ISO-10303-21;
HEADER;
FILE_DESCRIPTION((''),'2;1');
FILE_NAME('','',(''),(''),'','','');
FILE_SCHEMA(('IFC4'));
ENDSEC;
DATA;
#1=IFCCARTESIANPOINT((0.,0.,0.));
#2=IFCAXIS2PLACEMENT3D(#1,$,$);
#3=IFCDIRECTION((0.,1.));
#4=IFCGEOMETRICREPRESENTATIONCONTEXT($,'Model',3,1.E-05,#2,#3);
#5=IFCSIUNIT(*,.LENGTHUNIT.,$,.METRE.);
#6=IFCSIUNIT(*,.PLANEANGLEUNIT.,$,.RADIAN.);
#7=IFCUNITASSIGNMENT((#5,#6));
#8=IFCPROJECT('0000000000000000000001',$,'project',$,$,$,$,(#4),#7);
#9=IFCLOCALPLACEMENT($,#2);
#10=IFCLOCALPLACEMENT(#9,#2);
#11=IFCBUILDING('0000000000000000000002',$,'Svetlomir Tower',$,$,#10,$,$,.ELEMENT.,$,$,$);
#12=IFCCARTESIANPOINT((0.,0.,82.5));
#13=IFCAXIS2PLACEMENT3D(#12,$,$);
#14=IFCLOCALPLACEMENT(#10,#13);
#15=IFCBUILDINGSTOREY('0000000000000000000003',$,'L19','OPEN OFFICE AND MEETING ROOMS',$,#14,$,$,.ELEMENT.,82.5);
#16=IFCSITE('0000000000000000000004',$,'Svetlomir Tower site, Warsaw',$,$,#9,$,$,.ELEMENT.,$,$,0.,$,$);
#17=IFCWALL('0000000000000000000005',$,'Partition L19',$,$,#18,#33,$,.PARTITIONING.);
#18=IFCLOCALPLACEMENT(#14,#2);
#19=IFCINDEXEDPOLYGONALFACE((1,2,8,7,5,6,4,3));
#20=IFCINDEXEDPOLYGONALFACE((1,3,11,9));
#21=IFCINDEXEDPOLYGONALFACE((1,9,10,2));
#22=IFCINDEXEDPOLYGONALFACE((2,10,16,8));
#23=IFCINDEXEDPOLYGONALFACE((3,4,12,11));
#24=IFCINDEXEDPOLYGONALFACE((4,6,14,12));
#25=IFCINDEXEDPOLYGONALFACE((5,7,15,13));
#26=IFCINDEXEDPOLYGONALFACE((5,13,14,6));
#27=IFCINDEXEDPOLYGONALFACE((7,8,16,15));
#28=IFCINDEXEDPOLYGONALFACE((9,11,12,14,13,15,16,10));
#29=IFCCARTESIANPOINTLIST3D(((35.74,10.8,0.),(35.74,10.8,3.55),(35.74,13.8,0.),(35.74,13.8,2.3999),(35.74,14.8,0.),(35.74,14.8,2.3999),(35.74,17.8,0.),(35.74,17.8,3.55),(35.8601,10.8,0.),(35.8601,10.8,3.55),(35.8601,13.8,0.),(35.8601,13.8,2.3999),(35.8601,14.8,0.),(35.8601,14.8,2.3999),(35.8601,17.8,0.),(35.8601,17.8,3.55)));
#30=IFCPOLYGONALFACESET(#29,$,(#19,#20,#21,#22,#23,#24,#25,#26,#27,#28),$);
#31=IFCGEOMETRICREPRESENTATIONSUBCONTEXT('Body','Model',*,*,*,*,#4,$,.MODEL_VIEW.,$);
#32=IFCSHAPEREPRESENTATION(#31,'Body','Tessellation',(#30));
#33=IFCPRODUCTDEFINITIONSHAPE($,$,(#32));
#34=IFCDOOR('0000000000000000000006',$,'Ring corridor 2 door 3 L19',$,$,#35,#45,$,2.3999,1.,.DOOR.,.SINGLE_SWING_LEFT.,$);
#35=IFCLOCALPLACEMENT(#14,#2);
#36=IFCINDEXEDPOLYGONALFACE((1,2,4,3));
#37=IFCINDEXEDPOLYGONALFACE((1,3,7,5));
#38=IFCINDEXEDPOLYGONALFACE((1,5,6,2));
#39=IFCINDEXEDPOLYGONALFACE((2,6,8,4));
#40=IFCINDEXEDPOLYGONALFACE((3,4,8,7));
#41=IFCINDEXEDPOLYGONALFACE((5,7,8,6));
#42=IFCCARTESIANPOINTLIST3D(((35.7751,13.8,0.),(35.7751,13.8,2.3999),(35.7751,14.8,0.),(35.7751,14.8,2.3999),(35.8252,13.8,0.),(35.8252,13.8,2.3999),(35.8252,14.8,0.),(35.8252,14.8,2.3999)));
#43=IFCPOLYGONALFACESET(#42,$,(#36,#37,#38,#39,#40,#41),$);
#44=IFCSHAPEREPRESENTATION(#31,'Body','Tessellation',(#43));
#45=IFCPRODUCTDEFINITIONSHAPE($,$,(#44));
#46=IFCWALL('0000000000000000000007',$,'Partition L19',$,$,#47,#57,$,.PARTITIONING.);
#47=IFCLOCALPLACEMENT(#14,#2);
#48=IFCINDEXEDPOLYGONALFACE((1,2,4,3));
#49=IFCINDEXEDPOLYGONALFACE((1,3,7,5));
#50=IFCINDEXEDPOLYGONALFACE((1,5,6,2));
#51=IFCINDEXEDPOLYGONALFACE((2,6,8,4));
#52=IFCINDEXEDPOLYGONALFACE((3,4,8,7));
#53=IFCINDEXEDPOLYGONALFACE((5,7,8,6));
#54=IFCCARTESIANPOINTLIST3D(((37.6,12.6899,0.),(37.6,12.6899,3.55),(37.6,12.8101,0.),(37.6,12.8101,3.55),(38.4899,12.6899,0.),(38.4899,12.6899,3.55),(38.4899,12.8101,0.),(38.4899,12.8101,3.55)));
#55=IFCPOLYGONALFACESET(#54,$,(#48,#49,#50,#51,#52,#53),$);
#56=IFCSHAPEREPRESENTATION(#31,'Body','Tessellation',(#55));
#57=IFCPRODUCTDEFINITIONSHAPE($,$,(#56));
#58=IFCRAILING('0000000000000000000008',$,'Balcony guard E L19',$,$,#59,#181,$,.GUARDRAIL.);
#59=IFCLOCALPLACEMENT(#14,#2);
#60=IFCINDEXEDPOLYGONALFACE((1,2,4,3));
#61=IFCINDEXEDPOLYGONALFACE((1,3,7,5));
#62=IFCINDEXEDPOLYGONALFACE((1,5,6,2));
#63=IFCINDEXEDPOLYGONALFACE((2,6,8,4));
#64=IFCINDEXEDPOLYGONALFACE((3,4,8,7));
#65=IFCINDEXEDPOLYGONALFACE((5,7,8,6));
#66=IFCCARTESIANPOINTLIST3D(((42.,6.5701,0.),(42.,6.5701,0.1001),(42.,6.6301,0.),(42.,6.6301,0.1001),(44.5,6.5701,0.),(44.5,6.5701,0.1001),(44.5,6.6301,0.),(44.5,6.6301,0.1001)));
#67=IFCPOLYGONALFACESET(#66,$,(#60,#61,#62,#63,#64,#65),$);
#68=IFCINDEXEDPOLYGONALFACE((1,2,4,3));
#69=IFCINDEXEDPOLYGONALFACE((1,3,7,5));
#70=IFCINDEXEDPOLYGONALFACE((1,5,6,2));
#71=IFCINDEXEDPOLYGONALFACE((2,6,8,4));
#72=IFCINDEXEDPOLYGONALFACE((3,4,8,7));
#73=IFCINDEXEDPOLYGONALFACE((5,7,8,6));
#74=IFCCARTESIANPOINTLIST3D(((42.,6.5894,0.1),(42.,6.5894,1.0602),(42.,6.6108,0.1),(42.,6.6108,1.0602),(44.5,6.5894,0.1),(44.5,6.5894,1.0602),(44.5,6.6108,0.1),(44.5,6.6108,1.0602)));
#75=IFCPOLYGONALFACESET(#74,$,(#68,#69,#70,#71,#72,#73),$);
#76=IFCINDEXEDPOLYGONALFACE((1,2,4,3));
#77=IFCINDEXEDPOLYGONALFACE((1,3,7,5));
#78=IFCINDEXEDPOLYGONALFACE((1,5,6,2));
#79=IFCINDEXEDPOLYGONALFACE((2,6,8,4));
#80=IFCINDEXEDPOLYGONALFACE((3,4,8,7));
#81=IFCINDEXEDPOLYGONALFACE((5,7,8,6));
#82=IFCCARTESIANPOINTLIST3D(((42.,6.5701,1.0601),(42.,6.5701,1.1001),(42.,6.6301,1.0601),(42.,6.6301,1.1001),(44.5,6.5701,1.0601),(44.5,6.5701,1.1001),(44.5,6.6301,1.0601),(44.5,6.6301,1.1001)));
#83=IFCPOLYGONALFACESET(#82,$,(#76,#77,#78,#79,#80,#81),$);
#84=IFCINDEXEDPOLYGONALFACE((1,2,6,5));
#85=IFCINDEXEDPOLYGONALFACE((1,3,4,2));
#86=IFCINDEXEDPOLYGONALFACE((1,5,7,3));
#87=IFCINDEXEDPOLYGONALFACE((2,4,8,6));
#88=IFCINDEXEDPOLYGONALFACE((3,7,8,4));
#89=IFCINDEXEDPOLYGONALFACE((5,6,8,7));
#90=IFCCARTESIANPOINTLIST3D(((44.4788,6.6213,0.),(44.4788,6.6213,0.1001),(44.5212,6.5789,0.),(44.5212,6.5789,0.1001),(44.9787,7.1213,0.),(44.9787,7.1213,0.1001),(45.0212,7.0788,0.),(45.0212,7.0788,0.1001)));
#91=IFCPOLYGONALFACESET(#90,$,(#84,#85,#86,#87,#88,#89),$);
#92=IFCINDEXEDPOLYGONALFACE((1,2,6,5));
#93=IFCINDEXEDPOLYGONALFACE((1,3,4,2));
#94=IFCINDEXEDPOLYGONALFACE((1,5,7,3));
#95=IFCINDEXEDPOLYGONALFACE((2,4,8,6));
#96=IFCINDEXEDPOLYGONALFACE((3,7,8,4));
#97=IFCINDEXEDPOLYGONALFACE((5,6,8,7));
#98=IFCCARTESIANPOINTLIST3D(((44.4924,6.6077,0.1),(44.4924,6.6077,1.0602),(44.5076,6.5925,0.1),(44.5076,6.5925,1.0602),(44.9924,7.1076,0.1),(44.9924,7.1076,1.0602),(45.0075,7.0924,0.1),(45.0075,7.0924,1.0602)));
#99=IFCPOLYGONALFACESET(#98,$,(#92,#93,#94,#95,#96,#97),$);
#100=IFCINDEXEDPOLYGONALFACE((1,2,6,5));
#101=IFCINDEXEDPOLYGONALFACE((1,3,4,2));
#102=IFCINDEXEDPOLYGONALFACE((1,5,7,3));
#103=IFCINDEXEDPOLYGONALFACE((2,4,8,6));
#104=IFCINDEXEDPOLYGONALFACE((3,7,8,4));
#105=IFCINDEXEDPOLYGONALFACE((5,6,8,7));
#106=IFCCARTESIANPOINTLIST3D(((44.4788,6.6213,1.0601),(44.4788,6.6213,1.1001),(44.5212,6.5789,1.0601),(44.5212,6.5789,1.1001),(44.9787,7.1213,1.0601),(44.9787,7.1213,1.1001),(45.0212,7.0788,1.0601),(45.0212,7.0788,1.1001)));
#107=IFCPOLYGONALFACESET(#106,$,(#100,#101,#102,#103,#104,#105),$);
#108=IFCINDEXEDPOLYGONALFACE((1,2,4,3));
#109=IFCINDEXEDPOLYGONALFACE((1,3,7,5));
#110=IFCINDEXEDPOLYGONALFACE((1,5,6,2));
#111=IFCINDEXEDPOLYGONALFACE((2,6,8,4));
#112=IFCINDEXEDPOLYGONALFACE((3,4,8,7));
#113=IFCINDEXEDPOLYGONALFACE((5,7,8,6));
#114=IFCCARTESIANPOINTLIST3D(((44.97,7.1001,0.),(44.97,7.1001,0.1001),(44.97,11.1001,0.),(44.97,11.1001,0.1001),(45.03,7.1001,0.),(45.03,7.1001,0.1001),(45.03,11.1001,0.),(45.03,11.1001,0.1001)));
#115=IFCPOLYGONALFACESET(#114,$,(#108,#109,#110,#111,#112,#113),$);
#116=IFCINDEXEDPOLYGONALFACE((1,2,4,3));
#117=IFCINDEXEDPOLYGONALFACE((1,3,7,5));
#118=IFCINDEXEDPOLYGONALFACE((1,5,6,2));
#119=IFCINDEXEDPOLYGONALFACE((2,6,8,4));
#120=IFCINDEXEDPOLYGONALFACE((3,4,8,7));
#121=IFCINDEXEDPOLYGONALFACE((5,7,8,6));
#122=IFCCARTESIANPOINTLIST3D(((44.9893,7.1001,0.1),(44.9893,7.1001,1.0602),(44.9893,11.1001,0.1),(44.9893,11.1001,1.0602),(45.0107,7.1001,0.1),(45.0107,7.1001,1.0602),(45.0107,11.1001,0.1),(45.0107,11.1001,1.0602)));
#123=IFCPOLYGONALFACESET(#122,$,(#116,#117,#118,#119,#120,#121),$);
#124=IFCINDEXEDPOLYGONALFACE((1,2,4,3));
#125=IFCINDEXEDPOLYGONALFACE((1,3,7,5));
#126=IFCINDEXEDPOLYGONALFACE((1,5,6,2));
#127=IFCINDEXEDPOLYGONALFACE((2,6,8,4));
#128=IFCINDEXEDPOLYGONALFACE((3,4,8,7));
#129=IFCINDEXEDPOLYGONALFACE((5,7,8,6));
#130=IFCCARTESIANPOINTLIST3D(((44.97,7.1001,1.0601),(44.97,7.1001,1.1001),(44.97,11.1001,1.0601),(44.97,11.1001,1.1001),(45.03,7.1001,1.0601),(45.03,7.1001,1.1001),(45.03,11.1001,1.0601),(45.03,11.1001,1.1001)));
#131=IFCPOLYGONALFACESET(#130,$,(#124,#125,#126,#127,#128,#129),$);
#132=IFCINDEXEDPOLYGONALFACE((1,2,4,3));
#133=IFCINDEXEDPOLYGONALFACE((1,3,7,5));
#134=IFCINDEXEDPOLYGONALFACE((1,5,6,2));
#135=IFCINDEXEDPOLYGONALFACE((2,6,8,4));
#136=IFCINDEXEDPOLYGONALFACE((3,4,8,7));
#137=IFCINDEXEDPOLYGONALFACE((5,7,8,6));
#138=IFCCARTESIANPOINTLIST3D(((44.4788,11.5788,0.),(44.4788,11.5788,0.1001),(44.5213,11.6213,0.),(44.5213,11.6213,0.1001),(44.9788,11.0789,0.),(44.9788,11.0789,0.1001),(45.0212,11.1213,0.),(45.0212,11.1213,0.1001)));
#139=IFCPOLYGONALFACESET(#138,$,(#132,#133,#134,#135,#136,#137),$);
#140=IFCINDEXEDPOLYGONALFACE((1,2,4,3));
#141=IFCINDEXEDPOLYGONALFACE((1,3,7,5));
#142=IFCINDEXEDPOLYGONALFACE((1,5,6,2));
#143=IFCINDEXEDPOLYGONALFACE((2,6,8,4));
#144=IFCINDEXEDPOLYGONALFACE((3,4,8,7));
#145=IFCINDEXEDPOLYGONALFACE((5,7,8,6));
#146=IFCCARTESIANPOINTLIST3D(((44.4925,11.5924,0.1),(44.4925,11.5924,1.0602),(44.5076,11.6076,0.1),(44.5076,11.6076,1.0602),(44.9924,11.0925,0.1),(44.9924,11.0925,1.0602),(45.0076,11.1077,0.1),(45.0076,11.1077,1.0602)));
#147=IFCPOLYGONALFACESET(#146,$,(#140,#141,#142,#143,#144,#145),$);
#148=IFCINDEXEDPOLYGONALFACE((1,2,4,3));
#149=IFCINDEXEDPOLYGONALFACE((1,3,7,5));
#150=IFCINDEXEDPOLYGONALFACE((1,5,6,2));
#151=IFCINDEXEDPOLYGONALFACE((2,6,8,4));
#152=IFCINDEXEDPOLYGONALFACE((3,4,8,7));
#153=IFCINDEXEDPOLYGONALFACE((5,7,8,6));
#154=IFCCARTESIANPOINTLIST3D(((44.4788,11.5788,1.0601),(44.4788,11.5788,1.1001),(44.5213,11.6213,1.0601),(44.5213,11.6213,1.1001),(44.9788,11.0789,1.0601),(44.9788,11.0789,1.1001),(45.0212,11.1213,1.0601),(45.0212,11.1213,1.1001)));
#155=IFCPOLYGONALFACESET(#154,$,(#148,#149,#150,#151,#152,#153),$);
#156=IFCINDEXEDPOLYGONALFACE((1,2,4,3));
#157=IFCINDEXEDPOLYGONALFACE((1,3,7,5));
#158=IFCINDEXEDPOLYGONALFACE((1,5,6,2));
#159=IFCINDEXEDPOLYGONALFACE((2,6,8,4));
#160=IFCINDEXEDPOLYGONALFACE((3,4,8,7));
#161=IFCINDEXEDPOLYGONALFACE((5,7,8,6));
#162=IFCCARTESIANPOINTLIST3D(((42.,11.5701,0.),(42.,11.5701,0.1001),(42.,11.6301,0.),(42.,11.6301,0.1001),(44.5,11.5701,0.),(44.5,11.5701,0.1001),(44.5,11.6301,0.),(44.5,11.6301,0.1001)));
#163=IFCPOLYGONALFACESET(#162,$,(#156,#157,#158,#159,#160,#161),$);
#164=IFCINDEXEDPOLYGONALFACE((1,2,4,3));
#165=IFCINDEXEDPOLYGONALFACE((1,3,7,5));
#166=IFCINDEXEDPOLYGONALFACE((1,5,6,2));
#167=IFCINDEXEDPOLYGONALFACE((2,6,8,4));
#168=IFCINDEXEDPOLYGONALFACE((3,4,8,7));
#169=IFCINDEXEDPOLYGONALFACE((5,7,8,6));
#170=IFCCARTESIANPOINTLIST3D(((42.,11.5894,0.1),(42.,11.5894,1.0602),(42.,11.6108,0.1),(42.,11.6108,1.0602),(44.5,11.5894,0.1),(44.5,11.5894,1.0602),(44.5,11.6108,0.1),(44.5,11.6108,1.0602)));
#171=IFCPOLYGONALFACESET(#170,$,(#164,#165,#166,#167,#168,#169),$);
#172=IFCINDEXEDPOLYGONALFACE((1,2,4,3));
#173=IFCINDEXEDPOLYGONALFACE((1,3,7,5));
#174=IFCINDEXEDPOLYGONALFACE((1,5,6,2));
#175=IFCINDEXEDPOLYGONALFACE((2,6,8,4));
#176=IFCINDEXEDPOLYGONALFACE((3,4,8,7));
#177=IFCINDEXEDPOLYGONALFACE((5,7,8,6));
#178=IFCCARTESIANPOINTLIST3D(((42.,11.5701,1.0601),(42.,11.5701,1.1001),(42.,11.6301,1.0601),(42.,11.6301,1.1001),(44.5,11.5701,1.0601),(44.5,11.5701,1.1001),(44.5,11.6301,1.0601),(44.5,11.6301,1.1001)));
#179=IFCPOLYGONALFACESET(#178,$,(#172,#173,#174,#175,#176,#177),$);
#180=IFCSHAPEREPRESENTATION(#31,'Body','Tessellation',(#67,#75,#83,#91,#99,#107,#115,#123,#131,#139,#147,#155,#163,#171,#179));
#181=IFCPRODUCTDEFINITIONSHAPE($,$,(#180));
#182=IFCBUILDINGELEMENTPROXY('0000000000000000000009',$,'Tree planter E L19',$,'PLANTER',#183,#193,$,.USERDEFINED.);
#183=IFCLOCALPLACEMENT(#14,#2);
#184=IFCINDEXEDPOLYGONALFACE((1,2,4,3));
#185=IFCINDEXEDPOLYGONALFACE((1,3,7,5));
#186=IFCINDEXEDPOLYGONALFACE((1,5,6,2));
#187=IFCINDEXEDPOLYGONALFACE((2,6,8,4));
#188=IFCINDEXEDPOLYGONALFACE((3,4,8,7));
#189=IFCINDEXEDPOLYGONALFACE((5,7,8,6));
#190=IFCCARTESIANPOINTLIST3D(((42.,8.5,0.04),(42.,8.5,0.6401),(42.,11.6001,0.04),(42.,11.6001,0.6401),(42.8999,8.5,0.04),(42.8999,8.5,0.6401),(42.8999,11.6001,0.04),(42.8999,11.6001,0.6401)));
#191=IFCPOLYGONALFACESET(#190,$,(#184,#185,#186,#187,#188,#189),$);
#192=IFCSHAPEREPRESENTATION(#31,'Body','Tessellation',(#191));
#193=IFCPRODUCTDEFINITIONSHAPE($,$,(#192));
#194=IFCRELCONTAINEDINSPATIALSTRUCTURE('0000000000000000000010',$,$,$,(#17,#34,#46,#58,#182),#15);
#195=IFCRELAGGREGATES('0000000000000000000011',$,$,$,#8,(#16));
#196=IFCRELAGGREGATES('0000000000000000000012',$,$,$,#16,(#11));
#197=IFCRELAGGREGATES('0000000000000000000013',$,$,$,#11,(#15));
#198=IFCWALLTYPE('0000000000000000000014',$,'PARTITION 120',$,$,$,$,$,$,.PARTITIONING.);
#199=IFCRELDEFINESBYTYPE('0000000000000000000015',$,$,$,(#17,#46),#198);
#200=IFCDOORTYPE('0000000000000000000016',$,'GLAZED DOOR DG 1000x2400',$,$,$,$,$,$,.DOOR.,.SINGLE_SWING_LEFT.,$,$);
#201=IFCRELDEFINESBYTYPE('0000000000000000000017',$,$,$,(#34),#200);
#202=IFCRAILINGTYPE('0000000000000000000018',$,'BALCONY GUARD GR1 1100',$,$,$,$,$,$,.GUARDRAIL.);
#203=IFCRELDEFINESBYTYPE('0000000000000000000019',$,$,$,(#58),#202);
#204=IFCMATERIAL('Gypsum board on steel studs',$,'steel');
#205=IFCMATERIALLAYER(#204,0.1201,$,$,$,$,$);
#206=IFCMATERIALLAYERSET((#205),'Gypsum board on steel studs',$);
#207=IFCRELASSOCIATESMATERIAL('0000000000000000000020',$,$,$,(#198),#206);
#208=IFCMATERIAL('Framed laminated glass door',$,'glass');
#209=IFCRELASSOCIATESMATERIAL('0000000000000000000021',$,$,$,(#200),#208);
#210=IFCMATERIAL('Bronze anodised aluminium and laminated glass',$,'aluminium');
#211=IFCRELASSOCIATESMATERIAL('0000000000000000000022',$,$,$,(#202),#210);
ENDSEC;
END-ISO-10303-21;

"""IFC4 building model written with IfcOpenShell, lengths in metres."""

from ifc_helpers import new_model, si_unit, direction, frame, frame_2d, origin, origin_2d, place, context, subcontext, project, spatial, rectangle, extrude, material, layer, layer_set, type_object, element, fill, save


model = new_model("IFC4")

# Units and contexts
model_context = context("Model", 3, precision=1e-05, world=origin(), true_north=direction((0.0, 1.0)))
body_context = subcontext(model_context, "Body", "Model", "MODEL_VIEW")
ifc_project = project(units=[si_unit("LENGTHUNIT", "METRE"), si_unit("PLANEANGLEUNIT", "RADIAN")], contexts=[model_context])

# Site, building, storey
site_placement = place(None, origin())
site = spatial("IfcSite", under=ifc_project, at=site_placement, Name="Svetlomir Tower site, Warsaw", CompositionType="ELEMENT", RefElevation=0.0)
building_placement = place(site_placement, origin())
building = spatial("IfcBuilding", under=site, at=building_placement, Name="Svetlomir Tower", CompositionType="ELEMENT")
storey_placement = place(building_placement, frame((0.0, 0.0, 82.5)))
storey = spatial("IfcBuildingStorey", under=building, at=storey_placement, Name="L19", Description="OPEN OFFICE AND MEETING ROOMS", CompositionType="ELEMENT", Elevation=82.5)

# Shared definitions
ifc_material_1 = material(Name="Gypsum board on steel studs", Category="steel")
ifc_layer_1 = layer(ifc_material_1, 0.1201)
ifc_layer_set_1 = layer_set([ifc_layer_1], Name="Gypsum board on steel studs")
wall_type_1 = type_object("IfcWallType", Name="PARTITION 120", PredefinedType="PARTITIONING", material=ifc_layer_set_1)

# Wall, opening, door
wall_1_placement = place(storey_placement, frame((35.8, 10.8, 0.0), z_axis=(0.0, 0.0, 1.0), x_axis=(0.0, 1.0, 0.0)))
wall_1 = element("IfcWall", 1, at=wall_1_placement, inside=storey, type_object=wall_type_1, Name="Partition L19", PredefinedType="PARTITIONING", context=body_context, shape_type="SweptSolid", body=[
    extrude(rectangle(XDim=7.0, YDim=0.1201, at=frame_2d((3.5, 0.0))), origin(), (0.0, 0.0, 1.0), 3.55),
])
opening_1_placement = place(wall_1_placement, frame((3.0, 0.0, 0.0)))
opening_1 = element("IfcOpeningElement", 2, at=opening_1_placement, cuts=wall_1, PredefinedType="OPENING", context=body_context, shape_type="SweptSolid", body=[
    extrude(rectangle(XDim=1.0, YDim=2.3999, at=frame_2d((0.5, 1.2))), frame((0.0, 0.0701, 0.0), z_axis=(0.0, -1.0, 0.0), x_axis=(1.0, 0.0, 0.0)), (0.0, 0.0, 1.0), 0.1401),
])
ifc_material_2 = material(Name="Framed laminated glass door", Category="glass")
door_type_1 = type_object("IfcDoorType", Name="GLAZED DOOR DG 1000x2400", OperationType="SINGLE_SWING_LEFT", PredefinedType="DOOR", material=ifc_material_2)
door_1_placement = place(opening_1_placement, origin())
door_1 = element("IfcDoor", 3, at=door_1_placement, inside=storey, type_object=door_type_1, Name="Ring corridor 2 door 3 L19", OperationType="SINGLE_SWING_LEFT", OverallHeight=2.3999, OverallWidth=1.0, PredefinedType="DOOR", context=body_context, shape_type="SweptSolid", body=[
    extrude(rectangle(XDim=1.0, YDim=2.3999, at=frame_2d((0.5, 1.2))), frame((0.0, 0.0249, 0.0), z_axis=(0.0, -1.0, 0.0), x_axis=(1.0, 0.0, 0.0)), (0.0, 0.0, 1.0), 0.05),
])
fill(opening_1, door_1)

# Wall
wall_2_placement = place(storey_placement, frame((37.6001, 12.75, 0.0), z_axis=(0.0, 0.0, 1.0), x_axis=(1.0, 0.0, 0.0)))
element("IfcWall", 4, at=wall_2_placement, inside=storey, type_object=wall_type_1, Name="Partition L19", PredefinedType="PARTITIONING", context=body_context, shape_type="SweptSolid", body=[
    extrude(rectangle(XDim=0.8899, YDim=0.1201, at=frame_2d((0.4448, 0.0))), origin(), (0.0, 0.0, 1.0), 3.55),
])

# Railing
ifc_material_3 = material(Name="Bronze anodised aluminium and laminated glass", Category="aluminium")
railing_type = type_object("IfcRailingType", Name="BALCONY GUARD GR1 1100", PredefinedType="GUARDRAIL", material=ifc_material_3)
railing_placement = place(storey_placement, frame((42.0, 6.6001, 0.0)))
element("IfcRailing", 5, at=railing_placement, inside=storey, type_object=railing_type, Name="Balcony guard E L19", PredefinedType="GUARDRAIL", context=body_context, shape_type="SweptSolid", body=[
    extrude(rectangle(XDim=0.0601, YDim=0.1001, at=origin_2d()), frame((0.0, 0.0, 0.05), z_axis=(1.0, 0.0, 0.0), x_axis=(0.0, 1.0, 0.0)), (0.0, 0.0, 1.0), 2.5),
    extrude(rectangle(XDim=0.0215, YDim=0.9602, at=origin_2d()), frame((0.0, 0.0, 0.5801), z_axis=(1.0, 0.0, 0.0), x_axis=(0.0, 1.0, 0.0)), (0.0, 0.0, 1.0), 2.5),
    extrude(rectangle(XDim=0.0601, YDim=0.04, at=origin_2d()), frame((0.0, 0.0, 1.0801), z_axis=(1.0, 0.0, 0.0), x_axis=(0.0, 1.0, 0.0)), (0.0, 0.0, 1.0), 2.5),
    extrude(rectangle(XDim=0.0601, YDim=0.1001, at=origin_2d()), frame((2.5, 0.0, 0.05), z_axis=(0.707107, 0.707107, 0.0), x_axis=(-0.707107, 0.707107, 0.0)), (0.0, 0.0, 1.0), 0.707),
    extrude(rectangle(XDim=0.0215, YDim=0.9602, at=origin_2d()), frame((2.5, 0.0, 0.5801), z_axis=(0.707107, 0.707107, 0.0), x_axis=(-0.707107, 0.707107, 0.0)), (0.0, 0.0, 1.0), 0.707),
    extrude(rectangle(XDim=0.0601, YDim=0.04, at=origin_2d()), frame((2.5, 0.0, 1.0801), z_axis=(0.707107, 0.707107, 0.0), x_axis=(-0.707107, 0.707107, 0.0)), (0.0, 0.0, 1.0), 0.707),
    extrude(rectangle(XDim=0.0601, YDim=0.1001, at=origin_2d()), frame((3.0, 0.5, 0.05), z_axis=(0.0, 1.0, 0.0), x_axis=(-1.0, 0.0, 0.0)), (0.0, 0.0, 1.0), 4.0),
    extrude(rectangle(XDim=0.0215, YDim=0.9602, at=origin_2d()), frame((3.0, 0.5, 0.5801), z_axis=(0.0, 1.0, 0.0), x_axis=(-1.0, 0.0, 0.0)), (0.0, 0.0, 1.0), 4.0),
    extrude(rectangle(XDim=0.0601, YDim=0.04, at=origin_2d()), frame((3.0, 0.5, 1.0801), z_axis=(0.0, 1.0, 0.0), x_axis=(-1.0, 0.0, 0.0)), (0.0, 0.0, 1.0), 4.0),
    extrude(rectangle(XDim=0.0601, YDim=0.1001, at=origin_2d()), frame((3.0, 4.5, 0.05), z_axis=(-0.707107, 0.707107, 0.0), x_axis=(-0.707107, -0.707107, 0.0)), (0.0, 0.0, 1.0), 0.707),
    extrude(rectangle(XDim=0.0215, YDim=0.9602, at=origin_2d()), frame((3.0, 4.5, 0.5801), z_axis=(-0.707107, 0.707107, 0.0), x_axis=(-0.707107, -0.707107, 0.0)), (0.0, 0.0, 1.0), 0.707),
    extrude(rectangle(XDim=0.0601, YDim=0.04, at=origin_2d()), frame((3.0, 4.5, 1.0801), z_axis=(-0.707107, 0.707107, 0.0), x_axis=(-0.707107, -0.707107, 0.0)), (0.0, 0.0, 1.0), 0.707),
    extrude(rectangle(XDim=0.0601, YDim=0.1001, at=origin_2d()), frame((2.5, 5.0, 0.05), z_axis=(-1.0, 0.0, 0.0), x_axis=(0.0, -1.0, 0.0)), (0.0, 0.0, 1.0), 2.5),
    extrude(rectangle(XDim=0.0215, YDim=0.9602, at=origin_2d()), frame((2.5, 5.0, 0.5801), z_axis=(-1.0, 0.0, 0.0), x_axis=(0.0, -1.0, 0.0)), (0.0, 0.0, 1.0), 2.5),
    extrude(rectangle(XDim=0.0601, YDim=0.04, at=origin_2d()), frame((2.5, 5.0, 1.0801), z_axis=(-1.0, 0.0, 0.0), x_axis=(0.0, -1.0, 0.0)), (0.0, 0.0, 1.0), 2.5),
])

# Building element proxy
proxy_placement = place(storey_placement, frame((42.45, 10.05, 0.04), z_axis=(0.0, 0.0, 1.0), x_axis=(1.0, 0.0, 0.0)))
element("IfcBuildingElementProxy", 6, at=proxy_placement, inside=storey, Name="Tree planter E L19", ObjectType="PLANTER", PredefinedType="USERDEFINED", context=body_context, shape_type="SweptSolid", body=[
    extrude(rectangle(XDim=0.8999, YDim=3.1001, at=origin_2d()), origin(), (0.0, 0.0, 1.0), 0.6001),
])

save(model, "model.ifc")
